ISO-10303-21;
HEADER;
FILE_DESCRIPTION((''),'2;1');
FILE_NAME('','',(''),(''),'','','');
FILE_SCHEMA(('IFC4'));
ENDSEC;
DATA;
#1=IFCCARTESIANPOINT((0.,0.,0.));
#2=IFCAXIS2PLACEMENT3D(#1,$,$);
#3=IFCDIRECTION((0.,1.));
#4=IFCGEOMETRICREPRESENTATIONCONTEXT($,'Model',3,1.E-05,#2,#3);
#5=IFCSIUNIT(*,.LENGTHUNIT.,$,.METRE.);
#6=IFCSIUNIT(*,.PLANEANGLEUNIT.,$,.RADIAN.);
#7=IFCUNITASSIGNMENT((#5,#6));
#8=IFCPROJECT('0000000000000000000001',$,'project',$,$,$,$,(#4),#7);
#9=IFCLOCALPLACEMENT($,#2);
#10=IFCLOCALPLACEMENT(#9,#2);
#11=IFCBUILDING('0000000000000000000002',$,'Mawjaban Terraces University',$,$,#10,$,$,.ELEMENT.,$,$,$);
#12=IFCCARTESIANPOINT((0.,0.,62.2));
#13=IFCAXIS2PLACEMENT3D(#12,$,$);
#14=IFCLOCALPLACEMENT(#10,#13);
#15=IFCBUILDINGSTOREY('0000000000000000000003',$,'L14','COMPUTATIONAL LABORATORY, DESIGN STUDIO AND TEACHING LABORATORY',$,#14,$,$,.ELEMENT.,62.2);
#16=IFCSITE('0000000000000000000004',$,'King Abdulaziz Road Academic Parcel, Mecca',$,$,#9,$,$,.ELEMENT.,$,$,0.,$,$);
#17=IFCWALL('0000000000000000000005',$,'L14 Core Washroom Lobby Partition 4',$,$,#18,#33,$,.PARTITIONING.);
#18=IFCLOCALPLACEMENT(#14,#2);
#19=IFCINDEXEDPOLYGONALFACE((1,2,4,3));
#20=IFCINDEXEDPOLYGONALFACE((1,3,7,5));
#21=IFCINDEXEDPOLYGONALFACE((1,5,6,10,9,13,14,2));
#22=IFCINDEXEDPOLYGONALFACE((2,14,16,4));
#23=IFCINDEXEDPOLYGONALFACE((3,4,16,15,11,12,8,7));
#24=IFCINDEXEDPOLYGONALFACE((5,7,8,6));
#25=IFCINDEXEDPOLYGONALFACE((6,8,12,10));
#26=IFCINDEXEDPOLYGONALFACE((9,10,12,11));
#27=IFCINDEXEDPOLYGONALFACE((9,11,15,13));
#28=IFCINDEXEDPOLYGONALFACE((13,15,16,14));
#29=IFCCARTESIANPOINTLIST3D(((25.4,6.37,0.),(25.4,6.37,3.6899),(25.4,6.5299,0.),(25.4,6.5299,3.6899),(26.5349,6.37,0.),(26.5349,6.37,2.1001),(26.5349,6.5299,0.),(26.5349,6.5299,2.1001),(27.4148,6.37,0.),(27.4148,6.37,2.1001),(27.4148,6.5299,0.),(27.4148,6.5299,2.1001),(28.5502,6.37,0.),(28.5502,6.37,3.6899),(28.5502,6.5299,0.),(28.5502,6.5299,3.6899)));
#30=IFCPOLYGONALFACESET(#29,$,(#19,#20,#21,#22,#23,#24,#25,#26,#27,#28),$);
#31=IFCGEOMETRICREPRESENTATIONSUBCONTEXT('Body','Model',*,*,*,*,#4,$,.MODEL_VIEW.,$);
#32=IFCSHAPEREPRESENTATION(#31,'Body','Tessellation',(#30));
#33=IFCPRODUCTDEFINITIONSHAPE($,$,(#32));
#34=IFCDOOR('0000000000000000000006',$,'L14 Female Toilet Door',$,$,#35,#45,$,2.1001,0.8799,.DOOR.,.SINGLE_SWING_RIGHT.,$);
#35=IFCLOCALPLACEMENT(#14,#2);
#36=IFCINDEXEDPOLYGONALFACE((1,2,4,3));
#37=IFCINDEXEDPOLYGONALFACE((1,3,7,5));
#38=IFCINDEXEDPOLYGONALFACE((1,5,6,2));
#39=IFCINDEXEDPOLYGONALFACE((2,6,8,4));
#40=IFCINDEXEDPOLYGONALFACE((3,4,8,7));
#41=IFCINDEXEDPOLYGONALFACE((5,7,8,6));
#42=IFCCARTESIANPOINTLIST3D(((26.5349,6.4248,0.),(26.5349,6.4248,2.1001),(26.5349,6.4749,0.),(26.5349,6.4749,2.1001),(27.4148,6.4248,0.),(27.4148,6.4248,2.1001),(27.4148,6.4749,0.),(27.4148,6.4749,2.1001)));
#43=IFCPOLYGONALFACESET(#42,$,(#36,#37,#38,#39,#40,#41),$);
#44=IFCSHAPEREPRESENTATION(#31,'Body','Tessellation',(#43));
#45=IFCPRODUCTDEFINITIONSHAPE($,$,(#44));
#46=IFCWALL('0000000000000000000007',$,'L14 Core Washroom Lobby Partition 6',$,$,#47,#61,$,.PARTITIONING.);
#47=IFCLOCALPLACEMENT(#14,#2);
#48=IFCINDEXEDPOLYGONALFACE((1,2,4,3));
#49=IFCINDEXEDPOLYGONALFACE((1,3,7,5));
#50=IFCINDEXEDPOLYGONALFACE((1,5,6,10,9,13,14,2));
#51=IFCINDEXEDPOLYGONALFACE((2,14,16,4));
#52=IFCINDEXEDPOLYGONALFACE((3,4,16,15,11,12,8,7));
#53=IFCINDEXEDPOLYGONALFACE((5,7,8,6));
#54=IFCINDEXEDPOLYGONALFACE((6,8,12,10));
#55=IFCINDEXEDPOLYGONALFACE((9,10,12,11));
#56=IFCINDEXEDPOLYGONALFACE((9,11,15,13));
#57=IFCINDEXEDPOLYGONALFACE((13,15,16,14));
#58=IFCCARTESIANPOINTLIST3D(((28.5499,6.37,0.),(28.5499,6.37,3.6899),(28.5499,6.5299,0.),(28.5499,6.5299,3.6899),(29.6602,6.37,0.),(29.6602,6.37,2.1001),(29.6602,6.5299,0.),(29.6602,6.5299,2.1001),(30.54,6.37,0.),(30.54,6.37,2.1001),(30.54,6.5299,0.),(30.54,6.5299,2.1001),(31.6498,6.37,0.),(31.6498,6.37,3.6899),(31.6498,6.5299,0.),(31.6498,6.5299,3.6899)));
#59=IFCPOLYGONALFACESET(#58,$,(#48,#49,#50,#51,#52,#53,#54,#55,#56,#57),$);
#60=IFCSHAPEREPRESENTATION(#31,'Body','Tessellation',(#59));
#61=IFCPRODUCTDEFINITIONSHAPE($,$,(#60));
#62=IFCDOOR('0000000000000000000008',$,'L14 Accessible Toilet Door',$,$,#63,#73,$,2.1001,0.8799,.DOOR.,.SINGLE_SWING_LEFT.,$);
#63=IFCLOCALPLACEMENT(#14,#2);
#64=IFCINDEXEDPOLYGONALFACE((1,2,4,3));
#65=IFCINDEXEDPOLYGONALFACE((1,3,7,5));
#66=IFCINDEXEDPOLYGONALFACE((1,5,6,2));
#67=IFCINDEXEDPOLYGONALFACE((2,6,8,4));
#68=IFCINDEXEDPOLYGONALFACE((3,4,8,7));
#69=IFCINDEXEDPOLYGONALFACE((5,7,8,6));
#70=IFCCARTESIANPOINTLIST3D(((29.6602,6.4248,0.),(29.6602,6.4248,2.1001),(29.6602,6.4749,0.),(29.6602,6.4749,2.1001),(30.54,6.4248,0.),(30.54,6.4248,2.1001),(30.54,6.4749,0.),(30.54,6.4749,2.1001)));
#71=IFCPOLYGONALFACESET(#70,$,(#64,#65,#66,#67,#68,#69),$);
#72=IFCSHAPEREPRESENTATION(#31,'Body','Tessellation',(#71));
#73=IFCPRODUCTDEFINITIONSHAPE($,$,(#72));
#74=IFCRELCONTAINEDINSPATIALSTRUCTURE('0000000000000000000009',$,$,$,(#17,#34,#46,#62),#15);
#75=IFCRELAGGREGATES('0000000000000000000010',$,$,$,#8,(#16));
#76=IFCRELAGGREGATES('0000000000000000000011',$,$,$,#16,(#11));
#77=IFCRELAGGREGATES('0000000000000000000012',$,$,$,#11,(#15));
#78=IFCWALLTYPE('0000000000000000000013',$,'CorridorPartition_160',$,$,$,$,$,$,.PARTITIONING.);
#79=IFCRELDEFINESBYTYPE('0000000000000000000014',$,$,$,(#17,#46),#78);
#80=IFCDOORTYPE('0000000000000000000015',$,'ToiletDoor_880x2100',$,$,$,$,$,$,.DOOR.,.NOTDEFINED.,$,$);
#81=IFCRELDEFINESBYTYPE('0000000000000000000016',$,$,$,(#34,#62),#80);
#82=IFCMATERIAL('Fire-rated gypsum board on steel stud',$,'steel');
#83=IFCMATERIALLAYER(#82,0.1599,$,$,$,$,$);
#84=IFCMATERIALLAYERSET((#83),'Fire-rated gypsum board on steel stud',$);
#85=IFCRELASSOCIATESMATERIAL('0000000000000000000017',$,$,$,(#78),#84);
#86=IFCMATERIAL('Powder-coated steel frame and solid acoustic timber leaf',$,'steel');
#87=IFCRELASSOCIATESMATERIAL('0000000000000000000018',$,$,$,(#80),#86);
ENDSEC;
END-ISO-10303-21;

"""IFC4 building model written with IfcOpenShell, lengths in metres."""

from ifc_helpers import new_model, si_unit, direction, frame, frame_2d, origin, place, context, subcontext, project, spatial, rectangle, extrude, material, layer, layer_set, type_object, element, fill, save


model = new_model("IFC4")

# Units and contexts
model_context = context("Model", 3, precision=1e-05, world=origin(), true_north=direction((0.0, 1.0)))
body_context = subcontext(model_context, "Body", "Model", "MODEL_VIEW")
ifc_project = project(units=[si_unit("LENGTHUNIT", "METRE"), si_unit("PLANEANGLEUNIT", "RADIAN")], contexts=[model_context])

# Site, building, storey
site_placement = place(None, origin())
site = spatial("IfcSite", under=ifc_project, at=site_placement, Name="King Abdulaziz Road Academic Parcel, Mecca", CompositionType="ELEMENT", RefElevation=0.0)
building_placement = place(site_placement, origin())
building = spatial("IfcBuilding", under=site, at=building_placement, Name="Mawjaban Terraces University", CompositionType="ELEMENT")
storey_placement = place(building_placement, frame((0.0, 0.0, 62.2)))
storey = spatial("IfcBuildingStorey", under=building, at=storey_placement, Name="L14", Description="COMPUTATIONAL LABORATORY, DESIGN STUDIO AND TEACHING LABORATORY", CompositionType="ELEMENT", Elevation=62.2)

# Walls, openings, doors
ifc_material_1 = material(Name="Fire-rated gypsum board on steel stud", Category="steel")
ifc_layer_1 = layer(ifc_material_1, 0.1599)
ifc_layer_set_1 = layer_set([ifc_layer_1], Name="Fire-rated gypsum board on steel stud")
wall_type_1 = type_object("IfcWallType", Name="CorridorPartition_160", PredefinedType="PARTITIONING", material=ifc_layer_set_1)
wall_1_placement = place(storey_placement, frame((25.3999, 6.45, 0.0), z_axis=(0.0, 0.0, 1.0), x_axis=(1.0, 0.0, 0.0)))
wall_1 = element("IfcWall", 1, at=wall_1_placement, inside=storey, type_object=wall_type_1, Name="L14 Core Washroom Lobby Partition 4", PredefinedType="PARTITIONING", context=body_context, shape_type="SweptSolid", body=[
    extrude(rectangle(XDim=3.1501, YDim=0.1599, at=frame_2d((1.5752, 0.0))), origin(), (0.0, 0.0, 1.0), 3.6899),
])
opening_1_placement = place(wall_1_placement, frame((1.135, 0.0, 0.0)))
opening_1 = element("IfcOpeningElement", 2, at=opening_1_placement, cuts=wall_1, PredefinedType="OPENING", context=body_context, shape_type="SweptSolid", body=[
    extrude(rectangle(XDim=0.8799, YDim=2.1001, at=frame_2d((0.4399, 1.05))), frame((0.0, 0.0898, 0.0), z_axis=(0.0, -1.0, 0.0), x_axis=(1.0, 0.0, 0.0)), (0.0, 0.0, 1.0), 0.1799),
])
ifc_material_2 = material(Name="Powder-coated steel frame and solid acoustic timber leaf", Category="steel")
door_type = type_object("IfcDoorType", Name="ToiletDoor_880x2100", OperationType="NOTDEFINED", PredefinedType="DOOR", material=ifc_material_2)
door_1_placement = place(opening_1_placement, origin())
door_1 = element("IfcDoor", 3, at=door_1_placement, inside=storey, type_object=door_type, Name="L14 Female Toilet Door", OperationType="SINGLE_SWING_RIGHT", OverallHeight=2.1001, OverallWidth=0.8799, PredefinedType="DOOR", context=body_context, shape_type="SweptSolid", body=[
    extrude(rectangle(XDim=0.8799, YDim=2.1001, at=frame_2d((0.4399, 1.05))), frame((0.0, 0.0249, 0.0), z_axis=(0.0, -1.0, 0.0), x_axis=(1.0, 0.0, 0.0)), (0.0, 0.0, 1.0), 0.05),
])
fill(opening_1, door_1)
wall_2_placement = place(storey_placement, frame((28.55, 6.45, 0.0), z_axis=(0.0, 0.0, 1.0), x_axis=(1.0, 0.0, 0.0)))
wall_2 = element("IfcWall", 4, at=wall_2_placement, inside=storey, type_object=wall_type_1, Name="L14 Core Washroom Lobby Partition 6", PredefinedType="PARTITIONING", context=body_context, shape_type="SweptSolid", body=[
    extrude(rectangle(XDim=3.0999, YDim=0.1599, at=frame_2d((1.5498, 0.0))), origin(), (0.0, 0.0, 1.0), 3.6899),
])
opening_2_placement = place(wall_2_placement, frame((1.1101, 0.0, 0.0)))
opening_2 = element("IfcOpeningElement", 5, at=opening_2_placement, cuts=wall_2, PredefinedType="OPENING", context=body_context, shape_type="SweptSolid", body=[
    extrude(rectangle(XDim=0.8799, YDim=2.1001, at=frame_2d((0.4399, 1.05))), frame((0.0, 0.0898, 0.0), z_axis=(0.0, -1.0, 0.0), x_axis=(1.0, 0.0, 0.0)), (0.0, 0.0, 1.0), 0.1799),
])
door_2_placement = place(opening_2_placement, origin())
door_2 = element("IfcDoor", 6, at=door_2_placement, inside=storey, type_object=door_type, Name="L14 Accessible Toilet Door", OperationType="SINGLE_SWING_LEFT", OverallHeight=2.1001, OverallWidth=0.8799, PredefinedType="DOOR", context=body_context, shape_type="SweptSolid", body=[
    extrude(rectangle(XDim=0.8799, YDim=2.1001, at=frame_2d((0.4399, 1.05))), frame((0.0, 0.0249, 0.0), z_axis=(0.0, -1.0, 0.0), x_axis=(1.0, 0.0, 0.0)), (0.0, 0.0, 1.0), 0.05),
])
fill(opening_2, door_2)

save(model, "model.ifc")
